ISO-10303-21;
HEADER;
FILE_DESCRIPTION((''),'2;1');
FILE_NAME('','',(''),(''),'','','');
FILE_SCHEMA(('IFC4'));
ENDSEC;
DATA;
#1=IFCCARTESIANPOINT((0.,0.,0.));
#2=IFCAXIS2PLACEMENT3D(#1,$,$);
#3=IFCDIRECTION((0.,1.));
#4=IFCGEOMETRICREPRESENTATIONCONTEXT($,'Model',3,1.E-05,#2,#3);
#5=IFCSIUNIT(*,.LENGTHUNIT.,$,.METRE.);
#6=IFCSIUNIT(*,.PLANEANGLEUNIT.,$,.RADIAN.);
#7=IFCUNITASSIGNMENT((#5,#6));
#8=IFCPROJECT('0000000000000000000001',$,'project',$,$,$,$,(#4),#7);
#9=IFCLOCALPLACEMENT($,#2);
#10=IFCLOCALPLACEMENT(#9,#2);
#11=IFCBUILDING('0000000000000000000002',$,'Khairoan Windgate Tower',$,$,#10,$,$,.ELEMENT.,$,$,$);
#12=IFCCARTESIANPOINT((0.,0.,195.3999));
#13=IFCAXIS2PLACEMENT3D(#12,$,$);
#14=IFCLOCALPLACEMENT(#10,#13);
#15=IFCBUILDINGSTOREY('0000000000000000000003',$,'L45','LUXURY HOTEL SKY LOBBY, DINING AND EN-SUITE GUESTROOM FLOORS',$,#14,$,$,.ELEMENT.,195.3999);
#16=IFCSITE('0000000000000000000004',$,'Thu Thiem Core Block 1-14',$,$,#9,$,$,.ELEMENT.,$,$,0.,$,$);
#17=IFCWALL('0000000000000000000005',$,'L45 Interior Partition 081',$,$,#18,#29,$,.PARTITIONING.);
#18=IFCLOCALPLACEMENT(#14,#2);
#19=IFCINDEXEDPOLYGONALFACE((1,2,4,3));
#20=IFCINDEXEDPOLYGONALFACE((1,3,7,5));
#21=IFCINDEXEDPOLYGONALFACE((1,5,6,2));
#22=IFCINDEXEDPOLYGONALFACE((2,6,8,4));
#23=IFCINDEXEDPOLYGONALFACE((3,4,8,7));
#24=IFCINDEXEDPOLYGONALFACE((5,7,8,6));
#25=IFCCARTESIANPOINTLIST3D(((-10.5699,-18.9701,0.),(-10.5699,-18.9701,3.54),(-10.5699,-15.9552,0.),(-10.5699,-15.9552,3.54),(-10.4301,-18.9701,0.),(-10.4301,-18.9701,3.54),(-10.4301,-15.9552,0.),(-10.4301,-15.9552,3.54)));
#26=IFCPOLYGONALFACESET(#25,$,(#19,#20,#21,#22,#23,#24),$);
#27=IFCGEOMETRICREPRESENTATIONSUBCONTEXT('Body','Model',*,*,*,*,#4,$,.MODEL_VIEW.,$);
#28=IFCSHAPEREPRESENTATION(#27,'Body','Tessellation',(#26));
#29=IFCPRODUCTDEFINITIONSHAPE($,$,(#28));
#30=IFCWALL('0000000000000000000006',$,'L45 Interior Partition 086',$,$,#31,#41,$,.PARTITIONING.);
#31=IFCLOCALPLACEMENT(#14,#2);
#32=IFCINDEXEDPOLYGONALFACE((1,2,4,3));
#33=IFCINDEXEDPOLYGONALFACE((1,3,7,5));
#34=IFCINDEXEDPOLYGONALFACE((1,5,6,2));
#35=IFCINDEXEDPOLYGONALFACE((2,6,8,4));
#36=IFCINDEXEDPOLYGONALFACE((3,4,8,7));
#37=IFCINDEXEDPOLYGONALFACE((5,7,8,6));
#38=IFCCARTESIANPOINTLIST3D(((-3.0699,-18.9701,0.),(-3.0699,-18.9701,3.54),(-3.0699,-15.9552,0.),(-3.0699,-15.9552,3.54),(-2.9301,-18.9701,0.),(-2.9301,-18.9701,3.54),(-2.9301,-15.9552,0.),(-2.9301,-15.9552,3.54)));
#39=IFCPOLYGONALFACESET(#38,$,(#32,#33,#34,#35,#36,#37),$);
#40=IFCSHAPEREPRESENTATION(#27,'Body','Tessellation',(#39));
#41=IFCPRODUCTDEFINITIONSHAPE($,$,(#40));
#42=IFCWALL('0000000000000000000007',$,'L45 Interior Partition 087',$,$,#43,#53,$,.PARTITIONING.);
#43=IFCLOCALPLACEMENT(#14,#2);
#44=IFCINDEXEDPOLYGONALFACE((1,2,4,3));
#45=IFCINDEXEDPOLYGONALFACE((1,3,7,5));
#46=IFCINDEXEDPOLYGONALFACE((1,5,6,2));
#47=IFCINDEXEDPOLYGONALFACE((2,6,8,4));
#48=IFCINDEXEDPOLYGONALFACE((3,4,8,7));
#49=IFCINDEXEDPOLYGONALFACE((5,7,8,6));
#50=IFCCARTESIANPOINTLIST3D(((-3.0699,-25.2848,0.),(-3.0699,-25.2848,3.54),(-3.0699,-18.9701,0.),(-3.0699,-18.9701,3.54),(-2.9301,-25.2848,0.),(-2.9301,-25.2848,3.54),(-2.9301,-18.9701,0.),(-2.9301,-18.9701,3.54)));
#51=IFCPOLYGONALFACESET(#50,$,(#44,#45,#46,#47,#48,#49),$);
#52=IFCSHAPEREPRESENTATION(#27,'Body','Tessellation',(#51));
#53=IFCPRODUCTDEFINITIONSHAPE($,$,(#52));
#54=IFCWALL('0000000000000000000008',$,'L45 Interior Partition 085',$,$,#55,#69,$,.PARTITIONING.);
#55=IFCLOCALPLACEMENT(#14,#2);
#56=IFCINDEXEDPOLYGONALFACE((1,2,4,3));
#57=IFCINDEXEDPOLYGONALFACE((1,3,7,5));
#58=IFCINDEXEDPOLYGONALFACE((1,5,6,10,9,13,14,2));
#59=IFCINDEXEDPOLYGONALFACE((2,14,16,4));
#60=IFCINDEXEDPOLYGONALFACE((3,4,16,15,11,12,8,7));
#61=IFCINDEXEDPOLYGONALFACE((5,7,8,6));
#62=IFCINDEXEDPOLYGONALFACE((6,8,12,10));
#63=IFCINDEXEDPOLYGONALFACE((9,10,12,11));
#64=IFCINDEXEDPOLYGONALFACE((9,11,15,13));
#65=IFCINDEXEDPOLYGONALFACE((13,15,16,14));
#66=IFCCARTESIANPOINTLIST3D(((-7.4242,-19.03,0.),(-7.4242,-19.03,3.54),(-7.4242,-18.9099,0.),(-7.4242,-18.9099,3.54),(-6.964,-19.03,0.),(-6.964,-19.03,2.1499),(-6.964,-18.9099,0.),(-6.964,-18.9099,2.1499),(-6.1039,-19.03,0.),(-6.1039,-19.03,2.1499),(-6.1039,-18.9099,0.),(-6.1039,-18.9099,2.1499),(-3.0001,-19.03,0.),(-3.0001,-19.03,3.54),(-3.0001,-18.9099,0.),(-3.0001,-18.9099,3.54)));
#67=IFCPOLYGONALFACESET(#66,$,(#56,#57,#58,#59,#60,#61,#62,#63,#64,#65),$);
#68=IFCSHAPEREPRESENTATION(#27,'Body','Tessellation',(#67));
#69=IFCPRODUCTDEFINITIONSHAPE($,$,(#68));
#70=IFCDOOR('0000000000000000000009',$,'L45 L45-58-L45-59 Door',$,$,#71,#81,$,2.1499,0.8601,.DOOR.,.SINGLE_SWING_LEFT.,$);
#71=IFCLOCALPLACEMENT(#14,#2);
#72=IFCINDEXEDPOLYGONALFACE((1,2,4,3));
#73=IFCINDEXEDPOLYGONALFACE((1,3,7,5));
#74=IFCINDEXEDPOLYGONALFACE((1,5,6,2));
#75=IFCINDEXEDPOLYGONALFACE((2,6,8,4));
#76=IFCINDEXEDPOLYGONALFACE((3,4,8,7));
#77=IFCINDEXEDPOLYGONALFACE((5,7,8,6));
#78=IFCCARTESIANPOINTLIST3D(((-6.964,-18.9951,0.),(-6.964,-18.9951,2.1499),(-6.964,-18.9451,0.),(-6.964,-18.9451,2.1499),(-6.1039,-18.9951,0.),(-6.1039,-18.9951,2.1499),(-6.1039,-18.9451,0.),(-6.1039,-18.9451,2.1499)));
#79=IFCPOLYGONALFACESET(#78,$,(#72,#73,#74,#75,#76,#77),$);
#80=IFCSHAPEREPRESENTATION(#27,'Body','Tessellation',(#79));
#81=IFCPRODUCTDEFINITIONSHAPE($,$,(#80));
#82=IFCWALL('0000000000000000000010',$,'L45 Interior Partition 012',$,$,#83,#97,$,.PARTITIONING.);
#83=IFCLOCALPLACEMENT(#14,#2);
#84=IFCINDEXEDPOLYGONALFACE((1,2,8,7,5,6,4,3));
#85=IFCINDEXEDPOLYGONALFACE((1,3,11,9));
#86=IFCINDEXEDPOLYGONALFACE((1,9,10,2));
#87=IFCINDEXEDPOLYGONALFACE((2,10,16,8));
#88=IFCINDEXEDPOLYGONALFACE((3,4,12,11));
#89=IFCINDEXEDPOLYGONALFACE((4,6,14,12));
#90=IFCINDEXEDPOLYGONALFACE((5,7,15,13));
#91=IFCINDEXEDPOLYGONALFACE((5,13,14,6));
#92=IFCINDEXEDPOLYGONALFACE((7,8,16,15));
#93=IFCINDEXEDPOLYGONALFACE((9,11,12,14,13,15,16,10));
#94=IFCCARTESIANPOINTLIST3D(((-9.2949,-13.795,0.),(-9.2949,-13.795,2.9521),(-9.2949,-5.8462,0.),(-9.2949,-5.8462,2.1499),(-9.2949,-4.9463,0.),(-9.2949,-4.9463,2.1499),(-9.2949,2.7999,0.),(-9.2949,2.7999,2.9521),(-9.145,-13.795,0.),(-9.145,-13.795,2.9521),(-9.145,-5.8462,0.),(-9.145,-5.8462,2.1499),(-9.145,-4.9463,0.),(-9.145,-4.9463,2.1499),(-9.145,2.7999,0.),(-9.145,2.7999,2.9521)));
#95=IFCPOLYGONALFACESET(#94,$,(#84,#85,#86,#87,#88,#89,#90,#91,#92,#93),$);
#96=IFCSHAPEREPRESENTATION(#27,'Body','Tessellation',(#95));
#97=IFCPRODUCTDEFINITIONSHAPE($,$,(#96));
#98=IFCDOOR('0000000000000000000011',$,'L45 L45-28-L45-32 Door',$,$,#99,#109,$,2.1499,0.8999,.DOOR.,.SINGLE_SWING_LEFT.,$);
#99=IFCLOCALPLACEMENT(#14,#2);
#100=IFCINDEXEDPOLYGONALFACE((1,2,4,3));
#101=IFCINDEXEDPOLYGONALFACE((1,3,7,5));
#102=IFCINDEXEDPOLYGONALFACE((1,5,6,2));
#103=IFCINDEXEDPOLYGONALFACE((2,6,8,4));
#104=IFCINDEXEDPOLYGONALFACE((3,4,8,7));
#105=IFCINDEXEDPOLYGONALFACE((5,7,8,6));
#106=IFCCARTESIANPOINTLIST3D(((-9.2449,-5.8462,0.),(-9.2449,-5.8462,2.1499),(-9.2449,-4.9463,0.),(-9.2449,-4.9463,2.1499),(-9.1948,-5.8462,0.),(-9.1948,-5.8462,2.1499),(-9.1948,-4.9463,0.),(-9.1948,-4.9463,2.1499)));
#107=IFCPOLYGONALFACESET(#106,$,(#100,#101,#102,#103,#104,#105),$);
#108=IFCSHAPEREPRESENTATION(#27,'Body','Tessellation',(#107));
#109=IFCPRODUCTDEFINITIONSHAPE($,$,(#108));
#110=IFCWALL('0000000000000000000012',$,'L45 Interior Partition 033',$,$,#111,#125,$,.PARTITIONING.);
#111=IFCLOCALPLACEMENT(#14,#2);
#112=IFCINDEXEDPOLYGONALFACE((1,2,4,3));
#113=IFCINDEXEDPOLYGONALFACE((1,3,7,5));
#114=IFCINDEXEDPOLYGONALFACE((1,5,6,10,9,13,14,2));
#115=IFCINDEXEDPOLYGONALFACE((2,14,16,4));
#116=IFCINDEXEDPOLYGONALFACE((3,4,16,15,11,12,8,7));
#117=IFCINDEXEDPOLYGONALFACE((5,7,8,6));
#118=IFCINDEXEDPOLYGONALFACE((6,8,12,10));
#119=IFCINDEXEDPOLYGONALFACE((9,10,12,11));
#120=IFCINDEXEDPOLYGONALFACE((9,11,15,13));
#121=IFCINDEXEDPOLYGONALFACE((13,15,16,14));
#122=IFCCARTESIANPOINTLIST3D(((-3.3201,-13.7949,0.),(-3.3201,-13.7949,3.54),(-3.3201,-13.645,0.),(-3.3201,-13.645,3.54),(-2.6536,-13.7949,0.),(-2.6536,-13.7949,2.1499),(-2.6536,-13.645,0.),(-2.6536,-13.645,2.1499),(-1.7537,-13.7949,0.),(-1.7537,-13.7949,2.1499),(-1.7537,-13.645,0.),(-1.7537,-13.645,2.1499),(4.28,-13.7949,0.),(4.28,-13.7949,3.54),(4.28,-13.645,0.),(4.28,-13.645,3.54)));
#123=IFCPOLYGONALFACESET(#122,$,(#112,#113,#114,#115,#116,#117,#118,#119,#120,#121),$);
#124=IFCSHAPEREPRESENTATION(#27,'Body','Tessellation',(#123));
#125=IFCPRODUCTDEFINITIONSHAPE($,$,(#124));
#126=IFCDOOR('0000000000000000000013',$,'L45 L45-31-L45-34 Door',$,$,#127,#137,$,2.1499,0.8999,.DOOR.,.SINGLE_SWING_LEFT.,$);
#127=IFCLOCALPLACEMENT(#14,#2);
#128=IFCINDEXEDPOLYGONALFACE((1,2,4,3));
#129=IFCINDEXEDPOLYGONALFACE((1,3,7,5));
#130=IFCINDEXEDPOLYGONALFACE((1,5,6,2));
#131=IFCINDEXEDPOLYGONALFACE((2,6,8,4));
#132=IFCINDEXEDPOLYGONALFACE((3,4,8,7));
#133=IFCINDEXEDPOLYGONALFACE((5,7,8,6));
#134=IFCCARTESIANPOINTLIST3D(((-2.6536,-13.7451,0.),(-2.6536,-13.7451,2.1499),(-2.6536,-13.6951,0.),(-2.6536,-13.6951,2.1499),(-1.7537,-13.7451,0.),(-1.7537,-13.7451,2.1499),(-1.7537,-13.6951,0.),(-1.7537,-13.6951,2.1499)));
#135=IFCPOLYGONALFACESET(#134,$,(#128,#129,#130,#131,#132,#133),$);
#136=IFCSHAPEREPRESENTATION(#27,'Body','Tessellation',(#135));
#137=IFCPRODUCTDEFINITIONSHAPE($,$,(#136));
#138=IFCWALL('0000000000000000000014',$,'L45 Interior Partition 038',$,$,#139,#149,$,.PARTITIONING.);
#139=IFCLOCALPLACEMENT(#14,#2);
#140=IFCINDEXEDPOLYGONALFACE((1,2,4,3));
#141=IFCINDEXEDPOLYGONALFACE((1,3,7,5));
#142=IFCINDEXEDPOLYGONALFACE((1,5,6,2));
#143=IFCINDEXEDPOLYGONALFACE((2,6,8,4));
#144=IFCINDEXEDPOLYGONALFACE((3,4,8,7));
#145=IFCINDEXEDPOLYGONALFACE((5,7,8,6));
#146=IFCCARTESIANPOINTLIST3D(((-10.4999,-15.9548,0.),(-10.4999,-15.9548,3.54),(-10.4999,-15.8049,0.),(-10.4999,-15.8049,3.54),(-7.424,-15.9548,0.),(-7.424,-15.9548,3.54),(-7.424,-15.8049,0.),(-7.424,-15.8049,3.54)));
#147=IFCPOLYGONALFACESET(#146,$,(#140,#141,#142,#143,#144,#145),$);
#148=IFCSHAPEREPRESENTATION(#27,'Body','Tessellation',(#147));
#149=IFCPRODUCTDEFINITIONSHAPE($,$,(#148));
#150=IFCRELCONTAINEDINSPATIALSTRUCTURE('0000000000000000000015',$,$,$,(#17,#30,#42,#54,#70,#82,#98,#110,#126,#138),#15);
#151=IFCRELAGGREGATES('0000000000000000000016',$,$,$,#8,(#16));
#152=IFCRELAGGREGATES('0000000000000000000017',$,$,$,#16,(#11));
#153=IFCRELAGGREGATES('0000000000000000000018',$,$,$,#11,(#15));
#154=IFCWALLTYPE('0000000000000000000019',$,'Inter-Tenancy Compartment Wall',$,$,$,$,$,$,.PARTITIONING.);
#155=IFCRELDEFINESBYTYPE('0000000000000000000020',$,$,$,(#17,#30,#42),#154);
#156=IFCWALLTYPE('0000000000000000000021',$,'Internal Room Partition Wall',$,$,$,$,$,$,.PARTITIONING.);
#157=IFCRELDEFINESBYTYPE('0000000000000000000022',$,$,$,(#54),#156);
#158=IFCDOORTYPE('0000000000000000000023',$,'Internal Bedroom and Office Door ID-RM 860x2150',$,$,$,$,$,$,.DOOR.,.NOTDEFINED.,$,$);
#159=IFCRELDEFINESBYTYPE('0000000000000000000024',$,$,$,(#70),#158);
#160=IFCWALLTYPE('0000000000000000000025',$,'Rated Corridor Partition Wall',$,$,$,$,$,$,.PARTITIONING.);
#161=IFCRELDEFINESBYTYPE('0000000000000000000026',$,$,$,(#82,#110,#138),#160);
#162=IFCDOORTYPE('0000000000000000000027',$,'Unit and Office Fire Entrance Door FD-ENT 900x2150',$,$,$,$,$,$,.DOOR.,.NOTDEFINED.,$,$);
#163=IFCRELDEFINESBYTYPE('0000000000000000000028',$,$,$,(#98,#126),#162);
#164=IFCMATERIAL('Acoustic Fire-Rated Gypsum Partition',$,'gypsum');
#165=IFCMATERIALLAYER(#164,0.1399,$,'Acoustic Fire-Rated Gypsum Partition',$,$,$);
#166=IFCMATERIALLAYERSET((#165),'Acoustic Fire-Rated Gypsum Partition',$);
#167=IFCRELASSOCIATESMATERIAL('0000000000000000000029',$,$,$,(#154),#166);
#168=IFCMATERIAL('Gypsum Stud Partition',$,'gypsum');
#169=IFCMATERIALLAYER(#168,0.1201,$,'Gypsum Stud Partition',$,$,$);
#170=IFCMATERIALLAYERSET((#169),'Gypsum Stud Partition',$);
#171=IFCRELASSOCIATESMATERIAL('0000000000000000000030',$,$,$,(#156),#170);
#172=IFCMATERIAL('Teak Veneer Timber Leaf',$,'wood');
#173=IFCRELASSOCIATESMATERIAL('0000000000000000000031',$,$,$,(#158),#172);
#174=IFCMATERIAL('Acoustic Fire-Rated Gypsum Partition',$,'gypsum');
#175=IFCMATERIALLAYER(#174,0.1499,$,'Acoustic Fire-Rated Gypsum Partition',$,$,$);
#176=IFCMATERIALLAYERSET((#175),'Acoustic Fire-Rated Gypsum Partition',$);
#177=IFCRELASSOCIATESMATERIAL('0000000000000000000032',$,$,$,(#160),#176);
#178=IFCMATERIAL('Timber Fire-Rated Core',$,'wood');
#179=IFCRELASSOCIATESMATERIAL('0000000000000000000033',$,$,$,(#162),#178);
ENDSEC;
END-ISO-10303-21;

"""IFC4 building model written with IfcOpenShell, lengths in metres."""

from ifc_helpers import new_model, si_unit, direction, frame, frame_2d, origin, place, context, subcontext, project, spatial, rectangle, extrude, material, layer, layer_set, type_object, element, fill, save


model = new_model("IFC4")

# Units and contexts
model_context = context("Model", 3, precision=1e-05, world=origin(), true_north=direction((0.0, 1.0)))
body_context = subcontext(model_context, "Body", "Model", "MODEL_VIEW")
ifc_project = project(units=[si_unit("LENGTHUNIT", "METRE"), si_unit("PLANEANGLEUNIT", "RADIAN")], contexts=[model_context])

# Site, building, storey
site_placement = place(None, origin())
site = spatial("IfcSite", under=ifc_project, at=site_placement, Name="Thu Thiem Core Block 1-14", CompositionType="ELEMENT", RefElevation=0.0)
building_placement = place(site_placement, origin())
building = spatial("IfcBuilding", under=site, at=building_placement, Name="Khairoan Windgate Tower", CompositionType="ELEMENT")
storey_placement = place(building_placement, frame((0.0, 0.0, 195.3999)))
storey = spatial("IfcBuildingStorey", under=building, at=storey_placement, Name="L45", Description="LUXURY HOTEL SKY LOBBY, DINING AND EN-SUITE GUESTROOM FLOORS", CompositionType="ELEMENT", Elevation=195.3999)

# Walls
ifc_material_1 = material(Name="Acoustic Fire-Rated Gypsum Partition", Category="gypsum")
ifc_layer_1 = layer(ifc_material_1, 0.1399, Name="Acoustic Fire-Rated Gypsum Partition")
ifc_layer_set_1 = layer_set([ifc_layer_1], Name="Acoustic Fire-Rated Gypsum Partition")
wall_type_1 = type_object("IfcWallType", Name="Inter-Tenancy Compartment Wall", PredefinedType="PARTITIONING", material=ifc_layer_set_1)
for number, where, z_axis, x_axis, name in (
    (1, (-10.5, -18.97, 0.0), (0.0, 0.0, 1.0), (0.0, 1.0, 0.0), "L45 Interior Partition 081"),
    (2, (-3.0, -18.97, 0.0), (0.0, 0.0, 1.0), (0.0, 1.0, 0.0), "L45 Interior Partition 086"),
):
    element("IfcWall", number, at=place(storey_placement, frame(where, z_axis=z_axis, x_axis=x_axis)), inside=storey, type_object=wall_type_1, Name=name, PredefinedType="PARTITIONING", context=body_context, shape_type="SweptSolid", body=[
        extrude(rectangle(XDim=3.0149, YDim=0.1399, at=frame_2d((1.5073, 0.0))), origin(), (0.0, 0.0, 1.0), 3.54),
    ])
wall_1_placement = place(storey_placement, frame((-3.0, -25.2847, 0.0), z_axis=(0.0, 0.0, 1.0), x_axis=(0.0, 1.0, 0.0)))
element("IfcWall", 3, at=wall_1_placement, inside=storey, type_object=wall_type_1, Name="L45 Interior Partition 087", PredefinedType="PARTITIONING", context=body_context, shape_type="SweptSolid", body=[
    extrude(rectangle(XDim=6.3147, YDim=0.1399, at=frame_2d((3.1572, 0.0))), origin(), (0.0, 0.0, 1.0), 3.54),
])

# Walls, openings, doors
ifc_material_2 = material(Name="Gypsum Stud Partition", Category="gypsum")
ifc_layer_2 = layer(ifc_material_2, 0.1201, Name="Gypsum Stud Partition")
ifc_layer_set_2 = layer_set([ifc_layer_2], Name="Gypsum Stud Partition")
wall_type_2 = type_object("IfcWallType", Name="Internal Room Partition Wall", PredefinedType="PARTITIONING", material=ifc_layer_set_2)
wall_2_placement = place(storey_placement, frame((-7.4241, -18.97, 0.0), z_axis=(0.0, 0.0, 1.0), x_axis=(1.0, 0.0, 0.0)))
wall_2 = element("IfcWall", 4, at=wall_2_placement, inside=storey, type_object=wall_type_2, Name="L45 Interior Partition 085", PredefinedType="PARTITIONING", context=body_context, shape_type="SweptSolid", body=[
    extrude(rectangle(XDim=4.4241, YDim=0.1201, at=frame_2d((2.2119, 0.0))), origin(), (0.0, 0.0, 1.0), 3.54),
])
opening_1_placement = place(wall_2_placement, frame((0.46, 0.0, 0.0)))
opening_1 = element("IfcOpeningElement", 5, at=opening_1_placement, cuts=wall_2, PredefinedType="OPENING", context=body_context, shape_type="SweptSolid", body=[
    extrude(rectangle(XDim=0.8601, YDim=2.1499, at=frame_2d((0.4302, 1.075))), frame((0.0, 0.0701, 0.0), z_axis=(0.0, -1.0, 0.0), x_axis=(1.0, 0.0, 0.0)), (0.0, 0.0, 1.0), 0.1401),
])
ifc_material_3 = material(Name="Teak Veneer Timber Leaf", Category="wood")
door_type_1 = type_object("IfcDoorType", Name="Internal Bedroom and Office Door ID-RM 860x2150", OperationType="NOTDEFINED", PredefinedType="DOOR", material=ifc_material_3)
door_1_placement = place(opening_1_placement, origin())
door_1 = element("IfcDoor", 6, at=door_1_placement, inside=storey, type_object=door_type_1, Name="L45 L45-58-L45-59 Door", OperationType="SINGLE_SWING_LEFT", OverallHeight=2.1499, OverallWidth=0.8601, PredefinedType="DOOR", context=body_context, shape_type="SweptSolid", body=[
    extrude(rectangle(XDim=0.8601, YDim=2.1499, at=frame_2d((0.4302, 1.075))), frame((0.0, 0.0249, 0.0), z_axis=(0.0, -1.0, 0.0), x_axis=(1.0, 0.0, 0.0)), (0.0, 0.0, 1.0), 0.05),
])
fill(opening_1, door_1)
ifc_material_4 = material(Name="Acoustic Fire-Rated Gypsum Partition", Category="gypsum")
ifc_layer_3 = layer(ifc_material_4, 0.1499, Name="Acoustic Fire-Rated Gypsum Partition")
ifc_layer_set_3 = layer_set([ifc_layer_3], Name="Acoustic Fire-Rated Gypsum Partition")
wall_type_3 = type_object("IfcWallType", Name="Rated Corridor Partition Wall", PredefinedType="PARTITIONING", material=ifc_layer_set_3)
wall_3_placement = place(storey_placement, frame((-9.22, -13.7949, 0.0), z_axis=(0.0, 0.0, 1.0), x_axis=(0.0, 1.0, 0.0)))
wall_3 = element("IfcWall", 7, at=wall_3_placement, inside=storey, type_object=wall_type_3, Name="L45 Interior Partition 012", PredefinedType="PARTITIONING", context=body_context, shape_type="SweptSolid", body=[
    extrude(rectangle(XDim=16.595, YDim=0.1499, at=frame_2d((8.2974, 0.0))), origin(), (0.0, 0.0, 1.0), 2.9521),
])
opening_2_placement = place(wall_3_placement, frame((7.9487, 0.0, 0.0)))
opening_2 = element("IfcOpeningElement", 8, at=opening_2_placement, cuts=wall_3, PredefinedType="OPENING", context=body_context, shape_type="SweptSolid", body=[
    extrude(rectangle(XDim=0.8999, YDim=2.1499, at=frame_2d((0.45, 1.075))), frame((0.0, 0.085, 0.0), z_axis=(0.0, -1.0, 0.0), x_axis=(1.0, 0.0, 0.0)), (0.0, 0.0, 1.0), 0.1699),
])
ifc_material_5 = material(Name="Timber Fire-Rated Core", Category="wood")
door_type_2 = type_object("IfcDoorType", Name="Unit and Office Fire Entrance Door FD-ENT 900x2150", OperationType="NOTDEFINED", PredefinedType="DOOR", material=ifc_material_5)
door_2_placement = place(opening_2_placement, origin())
door_2 = element("IfcDoor", 9, at=door_2_placement, inside=storey, type_object=door_type_2, Name="L45 L45-28-L45-32 Door", OperationType="SINGLE_SWING_LEFT", OverallHeight=2.1499, OverallWidth=0.8999, PredefinedType="DOOR", context=body_context, shape_type="SweptSolid", body=[
    extrude(rectangle(XDim=0.8999, YDim=2.1499, at=frame_2d((0.45, 1.075))), frame((0.0, 0.0249, 0.0), z_axis=(0.0, -1.0, 0.0), x_axis=(1.0, 0.0, 0.0)), (0.0, 0.0, 1.0), 0.05),
])
fill(opening_2, door_2)
wall_4_placement = place(storey_placement, frame((-3.3201, -13.72, 0.0), z_axis=(0.0, 0.0, 1.0), x_axis=(1.0, 0.0, 0.0)))
wall_4 = element("IfcWall", 10, at=wall_4_placement, inside=storey, type_object=wall_type_3, Name="L45 Interior Partition 033", PredefinedType="PARTITIONING", context=body_context, shape_type="SweptSolid", body=[
    extrude(rectangle(XDim=7.6001, YDim=0.1499, at=frame_2d((3.8, 0.0))), origin(), (0.0, 0.0, 1.0), 3.54),
])
opening_3_placement = place(wall_4_placement, frame((0.6665, 0.0, 0.0)))
opening_3 = element("IfcOpeningElement", 11, at=opening_3_placement, cuts=wall_4, PredefinedType="OPENING", context=body_context, shape_type="SweptSolid", body=[
    extrude(rectangle(XDim=0.8999, YDim=2.1499, at=frame_2d((0.45, 1.075))), frame((0.0, 0.085, 0.0), z_axis=(0.0, -1.0, 0.0), x_axis=(1.0, 0.0, 0.0)), (0.0, 0.0, 1.0), 0.1699),
])
door_3_placement = place(opening_3_placement, origin())
door_3 = element("IfcDoor", 12, at=door_3_placement, inside=storey, type_object=door_type_2, Name="L45 L45-31-L45-34 Door", OperationType="SINGLE_SWING_LEFT", OverallHeight=2.1499, OverallWidth=0.8999, PredefinedType="DOOR", context=body_context, shape_type="SweptSolid", body=[
    extrude(rectangle(XDim=0.8999, YDim=2.1499, at=frame_2d((0.45, 1.075))), frame((0.0, 0.0249, 0.0), z_axis=(0.0, -1.0, 0.0), x_axis=(1.0, 0.0, 0.0)), (0.0, 0.0, 1.0), 0.05),
])
fill(opening_3, door_3)

# Wall
wall_5_placement = place(storey_placement, frame((-10.5, -15.8799, 0.0), z_axis=(0.0, 0.0, 1.0), x_axis=(1.0, 0.0, 0.0)))
element("IfcWall", 13, at=wall_5_placement, inside=storey, type_object=wall_type_3, Name="L45 Interior Partition 038", PredefinedType="PARTITIONING", context=body_context, shape_type="SweptSolid", body=[
    extrude(rectangle(XDim=3.0759, YDim=0.1499, at=frame_2d((1.5381, 0.0))), origin(), (0.0, 0.0, 1.0), 3.54),
])

save(model, "model.ifc")
